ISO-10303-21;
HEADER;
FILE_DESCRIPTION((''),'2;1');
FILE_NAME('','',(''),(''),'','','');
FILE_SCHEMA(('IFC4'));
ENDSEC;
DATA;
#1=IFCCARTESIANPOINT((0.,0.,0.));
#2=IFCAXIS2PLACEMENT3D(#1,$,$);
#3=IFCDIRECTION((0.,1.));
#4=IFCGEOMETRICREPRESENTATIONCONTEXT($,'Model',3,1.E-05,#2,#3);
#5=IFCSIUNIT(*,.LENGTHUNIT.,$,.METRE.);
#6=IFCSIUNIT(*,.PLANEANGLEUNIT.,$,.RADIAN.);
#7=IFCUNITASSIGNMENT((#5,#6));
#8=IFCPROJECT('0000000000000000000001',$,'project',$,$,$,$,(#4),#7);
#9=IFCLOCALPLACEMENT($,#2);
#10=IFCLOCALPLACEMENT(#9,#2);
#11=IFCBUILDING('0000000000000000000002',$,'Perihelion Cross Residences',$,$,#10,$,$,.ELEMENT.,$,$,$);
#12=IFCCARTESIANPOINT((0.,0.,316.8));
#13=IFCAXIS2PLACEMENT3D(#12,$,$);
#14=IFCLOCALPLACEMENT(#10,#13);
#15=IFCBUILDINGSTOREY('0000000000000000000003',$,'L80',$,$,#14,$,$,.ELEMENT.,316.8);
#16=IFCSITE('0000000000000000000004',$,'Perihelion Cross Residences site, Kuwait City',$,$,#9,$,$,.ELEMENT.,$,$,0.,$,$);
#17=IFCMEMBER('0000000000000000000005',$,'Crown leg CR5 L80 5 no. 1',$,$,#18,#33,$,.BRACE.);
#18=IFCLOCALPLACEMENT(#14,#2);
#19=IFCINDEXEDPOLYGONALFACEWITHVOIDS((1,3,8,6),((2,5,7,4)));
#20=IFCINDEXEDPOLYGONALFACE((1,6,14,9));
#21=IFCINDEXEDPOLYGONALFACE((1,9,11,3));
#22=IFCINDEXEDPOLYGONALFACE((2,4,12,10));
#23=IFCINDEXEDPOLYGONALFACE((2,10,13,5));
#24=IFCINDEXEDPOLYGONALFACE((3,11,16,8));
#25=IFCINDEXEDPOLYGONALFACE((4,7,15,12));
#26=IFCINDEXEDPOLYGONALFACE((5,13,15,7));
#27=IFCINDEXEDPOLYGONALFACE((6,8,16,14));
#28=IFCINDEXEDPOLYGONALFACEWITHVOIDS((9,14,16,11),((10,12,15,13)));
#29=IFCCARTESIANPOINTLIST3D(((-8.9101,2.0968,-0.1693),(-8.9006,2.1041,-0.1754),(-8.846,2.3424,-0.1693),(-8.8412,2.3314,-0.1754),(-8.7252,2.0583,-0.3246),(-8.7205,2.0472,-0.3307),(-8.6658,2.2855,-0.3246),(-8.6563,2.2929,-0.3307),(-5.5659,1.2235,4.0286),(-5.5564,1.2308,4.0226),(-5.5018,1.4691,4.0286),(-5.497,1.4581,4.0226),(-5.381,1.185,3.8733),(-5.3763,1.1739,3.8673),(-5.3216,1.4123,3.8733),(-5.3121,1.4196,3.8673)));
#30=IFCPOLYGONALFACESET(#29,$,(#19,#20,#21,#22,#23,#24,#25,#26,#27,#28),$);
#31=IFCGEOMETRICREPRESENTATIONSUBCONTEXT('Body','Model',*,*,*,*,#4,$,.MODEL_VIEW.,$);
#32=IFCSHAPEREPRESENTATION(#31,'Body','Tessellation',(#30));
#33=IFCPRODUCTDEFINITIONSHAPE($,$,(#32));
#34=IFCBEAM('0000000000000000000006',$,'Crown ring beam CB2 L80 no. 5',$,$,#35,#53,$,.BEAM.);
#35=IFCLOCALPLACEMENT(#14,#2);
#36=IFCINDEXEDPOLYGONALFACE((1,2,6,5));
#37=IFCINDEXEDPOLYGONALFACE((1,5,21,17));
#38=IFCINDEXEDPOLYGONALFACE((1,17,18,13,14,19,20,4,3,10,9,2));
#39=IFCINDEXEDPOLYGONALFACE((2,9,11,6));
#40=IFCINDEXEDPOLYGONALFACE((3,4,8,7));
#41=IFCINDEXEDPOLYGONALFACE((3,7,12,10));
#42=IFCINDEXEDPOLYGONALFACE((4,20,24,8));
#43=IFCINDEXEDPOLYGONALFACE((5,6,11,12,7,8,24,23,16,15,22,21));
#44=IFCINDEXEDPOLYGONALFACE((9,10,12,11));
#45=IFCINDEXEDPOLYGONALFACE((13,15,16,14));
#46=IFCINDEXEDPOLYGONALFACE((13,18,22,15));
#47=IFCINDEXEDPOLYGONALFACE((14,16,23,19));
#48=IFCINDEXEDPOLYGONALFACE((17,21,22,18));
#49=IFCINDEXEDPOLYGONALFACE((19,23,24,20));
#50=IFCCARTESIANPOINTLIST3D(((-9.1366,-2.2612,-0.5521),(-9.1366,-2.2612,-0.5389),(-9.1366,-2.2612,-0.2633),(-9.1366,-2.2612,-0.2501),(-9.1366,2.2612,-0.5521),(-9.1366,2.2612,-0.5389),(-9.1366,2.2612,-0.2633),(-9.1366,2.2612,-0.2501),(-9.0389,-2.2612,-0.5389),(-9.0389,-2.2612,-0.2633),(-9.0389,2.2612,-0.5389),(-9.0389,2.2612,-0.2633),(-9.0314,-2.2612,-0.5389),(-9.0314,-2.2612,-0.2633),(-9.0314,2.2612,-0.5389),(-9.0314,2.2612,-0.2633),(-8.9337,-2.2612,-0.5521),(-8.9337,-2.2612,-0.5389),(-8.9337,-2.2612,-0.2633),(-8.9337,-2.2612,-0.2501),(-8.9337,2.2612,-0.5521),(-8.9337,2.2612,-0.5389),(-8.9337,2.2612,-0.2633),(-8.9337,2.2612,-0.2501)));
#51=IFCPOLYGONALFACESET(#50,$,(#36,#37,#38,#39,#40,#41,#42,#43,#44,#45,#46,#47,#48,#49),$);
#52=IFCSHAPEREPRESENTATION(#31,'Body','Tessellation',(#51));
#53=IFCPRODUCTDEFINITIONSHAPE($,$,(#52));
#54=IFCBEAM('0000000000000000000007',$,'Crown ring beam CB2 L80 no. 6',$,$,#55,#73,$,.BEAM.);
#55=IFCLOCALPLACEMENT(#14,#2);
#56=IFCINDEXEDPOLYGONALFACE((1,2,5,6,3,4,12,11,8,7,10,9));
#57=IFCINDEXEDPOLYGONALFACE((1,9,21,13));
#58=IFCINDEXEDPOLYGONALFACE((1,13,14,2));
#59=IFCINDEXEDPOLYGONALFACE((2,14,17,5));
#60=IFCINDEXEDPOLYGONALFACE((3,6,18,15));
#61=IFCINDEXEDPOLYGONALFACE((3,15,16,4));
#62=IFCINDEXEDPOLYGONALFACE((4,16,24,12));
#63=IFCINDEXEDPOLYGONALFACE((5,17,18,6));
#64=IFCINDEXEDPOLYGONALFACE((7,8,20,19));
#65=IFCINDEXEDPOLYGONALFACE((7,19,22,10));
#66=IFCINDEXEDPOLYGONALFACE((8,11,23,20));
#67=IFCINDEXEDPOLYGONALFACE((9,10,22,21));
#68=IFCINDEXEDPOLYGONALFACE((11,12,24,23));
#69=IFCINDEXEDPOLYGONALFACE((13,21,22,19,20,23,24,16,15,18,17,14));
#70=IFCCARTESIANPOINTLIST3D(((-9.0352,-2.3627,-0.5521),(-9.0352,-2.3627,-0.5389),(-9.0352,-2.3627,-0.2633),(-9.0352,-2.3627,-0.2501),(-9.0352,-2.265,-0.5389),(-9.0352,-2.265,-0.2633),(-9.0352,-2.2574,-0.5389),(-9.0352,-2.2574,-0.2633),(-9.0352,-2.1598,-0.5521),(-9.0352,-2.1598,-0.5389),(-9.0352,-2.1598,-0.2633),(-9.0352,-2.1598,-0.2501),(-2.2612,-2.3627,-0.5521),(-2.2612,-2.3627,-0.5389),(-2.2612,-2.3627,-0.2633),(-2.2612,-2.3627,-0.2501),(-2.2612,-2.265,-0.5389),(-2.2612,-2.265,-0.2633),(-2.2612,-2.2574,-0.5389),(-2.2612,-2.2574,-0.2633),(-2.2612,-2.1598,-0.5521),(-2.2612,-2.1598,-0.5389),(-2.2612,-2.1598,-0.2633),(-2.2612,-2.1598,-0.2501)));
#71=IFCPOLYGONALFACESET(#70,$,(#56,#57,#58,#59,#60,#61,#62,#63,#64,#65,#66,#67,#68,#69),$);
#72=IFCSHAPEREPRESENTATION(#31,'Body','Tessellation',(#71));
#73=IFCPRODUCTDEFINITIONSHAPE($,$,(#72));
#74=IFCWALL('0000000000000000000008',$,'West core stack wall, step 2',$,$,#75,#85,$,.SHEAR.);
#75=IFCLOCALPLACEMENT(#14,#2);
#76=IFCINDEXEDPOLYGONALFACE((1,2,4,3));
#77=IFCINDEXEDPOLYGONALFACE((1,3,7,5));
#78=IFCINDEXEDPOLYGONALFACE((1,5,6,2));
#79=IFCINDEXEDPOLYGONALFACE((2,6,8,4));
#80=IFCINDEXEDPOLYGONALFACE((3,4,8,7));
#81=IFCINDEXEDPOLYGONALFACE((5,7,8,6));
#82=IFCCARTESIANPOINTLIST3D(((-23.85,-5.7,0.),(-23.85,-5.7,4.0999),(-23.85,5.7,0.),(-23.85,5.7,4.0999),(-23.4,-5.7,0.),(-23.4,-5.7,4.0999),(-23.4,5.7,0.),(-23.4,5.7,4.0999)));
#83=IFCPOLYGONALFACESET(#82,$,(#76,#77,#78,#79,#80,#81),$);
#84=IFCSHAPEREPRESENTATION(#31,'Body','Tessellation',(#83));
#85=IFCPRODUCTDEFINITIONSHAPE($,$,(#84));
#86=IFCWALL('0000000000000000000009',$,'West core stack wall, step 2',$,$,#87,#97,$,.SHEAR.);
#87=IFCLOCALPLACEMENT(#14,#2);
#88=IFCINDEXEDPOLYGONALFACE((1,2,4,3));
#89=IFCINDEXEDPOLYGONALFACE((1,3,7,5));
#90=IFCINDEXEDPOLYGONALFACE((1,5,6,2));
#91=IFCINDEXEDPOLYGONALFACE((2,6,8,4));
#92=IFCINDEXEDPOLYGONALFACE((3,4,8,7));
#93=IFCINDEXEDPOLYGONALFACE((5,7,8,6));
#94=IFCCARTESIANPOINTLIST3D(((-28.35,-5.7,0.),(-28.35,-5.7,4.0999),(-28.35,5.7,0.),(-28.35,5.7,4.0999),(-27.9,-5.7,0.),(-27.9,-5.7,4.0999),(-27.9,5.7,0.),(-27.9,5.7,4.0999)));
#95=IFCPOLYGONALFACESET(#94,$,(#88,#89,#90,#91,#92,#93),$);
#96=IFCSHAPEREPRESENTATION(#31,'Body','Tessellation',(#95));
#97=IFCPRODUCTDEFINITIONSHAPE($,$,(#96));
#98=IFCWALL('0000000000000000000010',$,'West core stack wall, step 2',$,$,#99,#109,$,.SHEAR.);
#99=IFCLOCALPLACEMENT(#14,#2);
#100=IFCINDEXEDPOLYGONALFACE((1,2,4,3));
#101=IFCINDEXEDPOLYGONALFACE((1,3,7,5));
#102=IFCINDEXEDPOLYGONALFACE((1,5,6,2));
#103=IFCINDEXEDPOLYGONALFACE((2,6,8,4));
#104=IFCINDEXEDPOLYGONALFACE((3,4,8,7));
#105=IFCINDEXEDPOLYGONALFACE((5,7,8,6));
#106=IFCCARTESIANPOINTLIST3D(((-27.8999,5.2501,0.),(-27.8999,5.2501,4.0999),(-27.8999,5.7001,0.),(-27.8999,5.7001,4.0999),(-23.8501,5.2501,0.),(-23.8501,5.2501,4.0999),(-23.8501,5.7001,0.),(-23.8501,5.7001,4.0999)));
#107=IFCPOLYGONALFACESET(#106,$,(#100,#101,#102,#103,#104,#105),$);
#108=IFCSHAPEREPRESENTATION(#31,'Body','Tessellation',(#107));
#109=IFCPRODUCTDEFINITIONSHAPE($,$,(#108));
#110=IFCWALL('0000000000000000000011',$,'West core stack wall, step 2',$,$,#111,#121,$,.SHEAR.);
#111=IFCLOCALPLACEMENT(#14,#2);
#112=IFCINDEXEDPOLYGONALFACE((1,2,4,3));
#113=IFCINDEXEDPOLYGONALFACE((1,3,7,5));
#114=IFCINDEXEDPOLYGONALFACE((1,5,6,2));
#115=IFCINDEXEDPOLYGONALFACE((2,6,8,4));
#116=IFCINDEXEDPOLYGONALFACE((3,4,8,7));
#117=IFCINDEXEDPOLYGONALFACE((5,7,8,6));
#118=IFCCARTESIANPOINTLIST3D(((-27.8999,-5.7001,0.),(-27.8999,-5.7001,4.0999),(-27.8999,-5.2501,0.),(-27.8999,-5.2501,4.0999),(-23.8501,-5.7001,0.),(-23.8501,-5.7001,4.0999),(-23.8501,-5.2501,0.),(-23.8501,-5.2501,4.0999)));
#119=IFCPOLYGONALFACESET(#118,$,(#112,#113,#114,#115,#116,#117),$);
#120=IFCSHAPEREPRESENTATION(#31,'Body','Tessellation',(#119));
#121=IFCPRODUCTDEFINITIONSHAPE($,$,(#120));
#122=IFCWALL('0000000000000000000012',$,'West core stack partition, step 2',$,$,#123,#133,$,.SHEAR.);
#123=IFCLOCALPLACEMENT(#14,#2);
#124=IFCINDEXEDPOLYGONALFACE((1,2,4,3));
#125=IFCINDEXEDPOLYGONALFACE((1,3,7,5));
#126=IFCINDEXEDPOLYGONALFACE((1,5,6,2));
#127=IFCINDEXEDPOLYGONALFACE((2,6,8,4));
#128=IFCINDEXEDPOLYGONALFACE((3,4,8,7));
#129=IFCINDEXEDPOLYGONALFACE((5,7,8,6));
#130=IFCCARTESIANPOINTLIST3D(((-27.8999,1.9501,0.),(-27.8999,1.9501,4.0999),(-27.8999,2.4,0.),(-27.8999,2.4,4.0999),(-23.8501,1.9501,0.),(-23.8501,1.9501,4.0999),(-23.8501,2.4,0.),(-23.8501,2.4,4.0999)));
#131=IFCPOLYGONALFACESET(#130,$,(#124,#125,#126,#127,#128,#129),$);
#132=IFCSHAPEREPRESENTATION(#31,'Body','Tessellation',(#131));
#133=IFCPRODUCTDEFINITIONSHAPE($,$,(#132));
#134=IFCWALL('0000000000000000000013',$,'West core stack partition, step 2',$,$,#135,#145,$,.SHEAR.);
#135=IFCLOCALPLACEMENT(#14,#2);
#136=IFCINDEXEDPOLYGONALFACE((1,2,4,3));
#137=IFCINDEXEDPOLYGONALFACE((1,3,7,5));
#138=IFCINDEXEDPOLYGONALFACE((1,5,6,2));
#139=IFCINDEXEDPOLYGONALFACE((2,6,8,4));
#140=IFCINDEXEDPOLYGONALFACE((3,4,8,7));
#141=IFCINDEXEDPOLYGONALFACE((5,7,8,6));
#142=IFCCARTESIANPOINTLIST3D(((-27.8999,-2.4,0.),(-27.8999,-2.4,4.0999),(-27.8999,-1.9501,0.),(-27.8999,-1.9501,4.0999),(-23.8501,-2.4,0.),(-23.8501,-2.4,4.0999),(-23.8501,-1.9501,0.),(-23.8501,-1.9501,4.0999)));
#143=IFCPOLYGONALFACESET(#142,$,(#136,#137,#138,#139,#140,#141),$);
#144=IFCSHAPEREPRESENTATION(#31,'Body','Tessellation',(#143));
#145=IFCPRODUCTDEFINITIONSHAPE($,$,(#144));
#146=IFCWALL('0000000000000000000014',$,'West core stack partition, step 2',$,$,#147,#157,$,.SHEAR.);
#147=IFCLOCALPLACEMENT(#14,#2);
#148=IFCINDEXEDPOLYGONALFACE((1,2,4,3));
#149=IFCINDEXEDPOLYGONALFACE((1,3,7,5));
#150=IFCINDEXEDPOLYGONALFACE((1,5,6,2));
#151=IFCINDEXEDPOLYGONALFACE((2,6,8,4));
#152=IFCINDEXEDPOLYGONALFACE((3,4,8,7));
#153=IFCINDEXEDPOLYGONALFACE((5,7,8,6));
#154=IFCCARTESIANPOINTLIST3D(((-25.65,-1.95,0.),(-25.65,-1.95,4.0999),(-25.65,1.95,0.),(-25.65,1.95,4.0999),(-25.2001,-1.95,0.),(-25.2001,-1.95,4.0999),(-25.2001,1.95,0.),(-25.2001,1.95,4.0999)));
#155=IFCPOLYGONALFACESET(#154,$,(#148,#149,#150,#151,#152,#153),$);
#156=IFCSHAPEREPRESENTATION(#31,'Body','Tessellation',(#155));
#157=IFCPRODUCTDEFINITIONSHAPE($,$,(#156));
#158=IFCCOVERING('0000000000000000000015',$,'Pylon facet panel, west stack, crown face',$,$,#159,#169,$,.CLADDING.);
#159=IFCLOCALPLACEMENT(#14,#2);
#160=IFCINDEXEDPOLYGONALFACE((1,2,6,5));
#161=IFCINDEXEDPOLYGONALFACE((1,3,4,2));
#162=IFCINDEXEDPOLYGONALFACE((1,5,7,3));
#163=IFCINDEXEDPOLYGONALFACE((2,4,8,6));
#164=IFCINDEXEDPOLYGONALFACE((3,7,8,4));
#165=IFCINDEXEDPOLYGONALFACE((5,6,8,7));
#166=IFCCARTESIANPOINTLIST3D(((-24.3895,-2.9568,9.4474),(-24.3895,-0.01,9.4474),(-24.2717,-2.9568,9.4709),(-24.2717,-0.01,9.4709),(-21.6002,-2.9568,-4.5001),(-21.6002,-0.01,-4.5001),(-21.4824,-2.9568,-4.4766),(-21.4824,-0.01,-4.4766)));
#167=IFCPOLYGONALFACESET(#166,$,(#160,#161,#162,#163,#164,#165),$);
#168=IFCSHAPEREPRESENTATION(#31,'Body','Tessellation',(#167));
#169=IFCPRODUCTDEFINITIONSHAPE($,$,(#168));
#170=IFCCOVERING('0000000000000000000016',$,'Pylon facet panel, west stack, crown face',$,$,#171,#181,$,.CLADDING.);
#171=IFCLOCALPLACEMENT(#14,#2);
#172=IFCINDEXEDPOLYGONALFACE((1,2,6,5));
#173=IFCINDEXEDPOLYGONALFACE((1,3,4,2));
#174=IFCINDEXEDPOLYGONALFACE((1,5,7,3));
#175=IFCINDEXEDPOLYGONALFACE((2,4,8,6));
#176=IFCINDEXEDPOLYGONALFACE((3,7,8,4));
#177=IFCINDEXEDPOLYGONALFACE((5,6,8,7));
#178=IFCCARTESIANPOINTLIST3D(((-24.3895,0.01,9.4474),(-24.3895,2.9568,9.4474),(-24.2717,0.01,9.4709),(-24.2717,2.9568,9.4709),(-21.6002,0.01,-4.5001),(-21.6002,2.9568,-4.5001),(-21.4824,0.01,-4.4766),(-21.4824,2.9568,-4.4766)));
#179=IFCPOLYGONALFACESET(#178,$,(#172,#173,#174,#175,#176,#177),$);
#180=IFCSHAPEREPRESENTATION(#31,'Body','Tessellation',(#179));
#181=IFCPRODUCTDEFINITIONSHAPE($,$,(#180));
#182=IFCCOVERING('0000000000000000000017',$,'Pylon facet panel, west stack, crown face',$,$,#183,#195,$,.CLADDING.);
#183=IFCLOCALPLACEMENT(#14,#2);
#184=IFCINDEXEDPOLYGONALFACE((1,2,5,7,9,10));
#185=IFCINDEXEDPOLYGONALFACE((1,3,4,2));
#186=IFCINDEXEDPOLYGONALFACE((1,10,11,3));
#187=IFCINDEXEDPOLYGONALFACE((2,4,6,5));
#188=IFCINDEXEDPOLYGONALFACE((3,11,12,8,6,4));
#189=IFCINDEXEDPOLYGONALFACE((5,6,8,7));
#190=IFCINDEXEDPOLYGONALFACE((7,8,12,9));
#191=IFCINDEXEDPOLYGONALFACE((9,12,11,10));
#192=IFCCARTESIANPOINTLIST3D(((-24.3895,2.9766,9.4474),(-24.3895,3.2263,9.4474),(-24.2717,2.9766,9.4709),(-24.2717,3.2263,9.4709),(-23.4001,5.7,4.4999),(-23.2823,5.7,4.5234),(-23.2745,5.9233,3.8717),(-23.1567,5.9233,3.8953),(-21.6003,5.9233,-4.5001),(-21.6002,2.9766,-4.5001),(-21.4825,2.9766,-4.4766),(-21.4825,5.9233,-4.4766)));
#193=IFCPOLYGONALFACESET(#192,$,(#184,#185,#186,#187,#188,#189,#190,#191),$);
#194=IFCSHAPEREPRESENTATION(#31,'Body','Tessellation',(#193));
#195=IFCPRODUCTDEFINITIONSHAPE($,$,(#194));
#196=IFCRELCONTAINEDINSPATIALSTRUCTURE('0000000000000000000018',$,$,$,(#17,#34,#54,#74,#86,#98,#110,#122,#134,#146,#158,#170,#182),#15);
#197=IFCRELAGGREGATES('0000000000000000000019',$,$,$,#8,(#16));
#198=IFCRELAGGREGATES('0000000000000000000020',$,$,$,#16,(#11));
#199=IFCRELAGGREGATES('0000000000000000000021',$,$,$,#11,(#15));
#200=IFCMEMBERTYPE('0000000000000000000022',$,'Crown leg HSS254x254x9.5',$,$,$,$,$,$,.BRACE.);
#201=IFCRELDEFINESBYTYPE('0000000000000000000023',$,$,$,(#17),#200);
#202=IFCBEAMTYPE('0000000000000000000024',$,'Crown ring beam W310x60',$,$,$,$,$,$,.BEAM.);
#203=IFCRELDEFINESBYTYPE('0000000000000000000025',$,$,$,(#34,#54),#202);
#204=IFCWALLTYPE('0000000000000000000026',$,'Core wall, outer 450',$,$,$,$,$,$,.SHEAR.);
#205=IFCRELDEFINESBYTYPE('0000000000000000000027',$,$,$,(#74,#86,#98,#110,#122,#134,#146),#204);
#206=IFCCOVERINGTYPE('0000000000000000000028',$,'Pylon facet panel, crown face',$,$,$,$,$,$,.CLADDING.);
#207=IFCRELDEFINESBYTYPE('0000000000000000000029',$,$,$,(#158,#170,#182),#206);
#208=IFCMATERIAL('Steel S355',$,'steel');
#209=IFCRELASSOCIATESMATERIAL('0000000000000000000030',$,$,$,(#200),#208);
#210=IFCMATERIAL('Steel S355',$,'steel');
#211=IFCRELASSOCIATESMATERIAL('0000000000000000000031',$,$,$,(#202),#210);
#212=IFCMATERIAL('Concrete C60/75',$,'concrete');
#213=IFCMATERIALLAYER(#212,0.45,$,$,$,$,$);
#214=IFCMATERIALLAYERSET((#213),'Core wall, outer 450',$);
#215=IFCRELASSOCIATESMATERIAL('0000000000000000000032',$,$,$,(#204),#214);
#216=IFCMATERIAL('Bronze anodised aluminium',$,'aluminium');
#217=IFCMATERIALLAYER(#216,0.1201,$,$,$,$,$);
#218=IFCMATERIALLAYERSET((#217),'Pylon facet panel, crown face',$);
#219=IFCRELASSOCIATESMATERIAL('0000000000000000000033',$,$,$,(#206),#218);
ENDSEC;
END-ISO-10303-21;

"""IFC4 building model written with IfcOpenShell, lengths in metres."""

from ifc_helpers import new_model, si_unit, direction, frame, frame_2d, origin, origin_2d, place, context, subcontext, project, spatial, polyline, rectangle, hollow_rectangle, i_section, outline, extrude, material, layer, layer_set, material_profile, profile_set, type_object, element, save


model = new_model("IFC4")

# Units and contexts
model_context = context("Model", 3, precision=1e-05, world=origin(), true_north=direction((0.0, 1.0)))
body_context = subcontext(model_context, "Body", "Model", "MODEL_VIEW")
ifc_project = project(units=[si_unit("LENGTHUNIT", "METRE"), si_unit("PLANEANGLEUNIT", "RADIAN")], contexts=[model_context])

# Site, building, storey
site_placement = place(None, origin())
site = spatial("IfcSite", under=ifc_project, at=site_placement, Name="Perihelion Cross Residences site, Kuwait City", CompositionType="ELEMENT", RefElevation=0.0)
building_placement = place(site_placement, origin())
building = spatial("IfcBuilding", under=site, at=building_placement, Name="Perihelion Cross Residences", CompositionType="ELEMENT")
storey_placement = place(building_placement, frame((0.0, 0.0, 316.8)))
storey = spatial("IfcBuildingStorey", under=building, at=storey_placement, Name="L80", CompositionType="ELEMENT", Elevation=316.8)

# Member
ifc_material_1 = material(Name="Steel S355", Category="steel")
ifc_material_profile_1 = material_profile(ifc_material_1, hollow_rectangle(XDim=0.2539, YDim=0.2539, WallThickness=0.0095, at=origin_2d()), Name="HSS254x254x9.5")
ifc_profile_set_1 = profile_set([ifc_material_profile_1], Name="Steel S355")
member_type = type_object("IfcMemberType", Name="Crown leg HSS254x254x9.5", PredefinedType="BRACE", material=ifc_profile_set_1)
member_placement = place(storey_placement, frame((-8.7832, 2.1948, -0.25), z_axis=(0.614998, -0.160596, 0.772002), x_axis=(0.252661, 0.967555, 0.0)))
element("IfcMember", 1, at=member_placement, inside=storey, type_object=member_type, Name="Crown leg CR5 L80 5 no. 1", PredefinedType="BRACE", context=body_context, shape_type="SweptSolid", body=[
    extrude(hollow_rectangle(XDim=0.2539, YDim=0.2539, WallThickness=0.0095, at=origin_2d()), origin(), (0.0, 0.0, 1.0), 5.4377),
])

# Beams
ifc_material_2 = material(Name="Steel S355", Category="steel")
ifc_material_profile_2 = material_profile(ifc_material_2, i_section(OverallWidth=0.2029, OverallDepth=0.302, WebThickness=0.0076, FlangeThickness=0.0132, at=origin_2d()), Name="W310x60")
ifc_profile_set_2 = profile_set([ifc_material_profile_2], Name="Steel S355")
beam_type = type_object("IfcBeamType", Name="Crown ring beam W310x60", PredefinedType="BEAM", material=ifc_profile_set_2)
beam_1_placement = place(storey_placement, frame((-9.0352, 2.2612, -0.4011), z_axis=(0.0, -1.0, 0.0), x_axis=(1.0, 0.0, 0.0)))
element("IfcBeam", 2, at=beam_1_placement, inside=storey, type_object=beam_type, Name="Crown ring beam CB2 L80 no. 5", PredefinedType="BEAM", context=body_context, shape_type="SweptSolid", body=[
    extrude(i_section(OverallWidth=0.2029, OverallDepth=0.302, WebThickness=0.0076, FlangeThickness=0.0132, at=origin_2d()), origin(), (0.0, 0.0, 1.0), 4.5225),
])
beam_2_placement = place(storey_placement, frame((-9.0352, -2.2612, -0.4011), z_axis=(1.0, 0.0, 0.0), x_axis=(0.0, 1.0, 0.0)))
element("IfcBeam", 3, at=beam_2_placement, inside=storey, type_object=beam_type, Name="Crown ring beam CB2 L80 no. 6", PredefinedType="BEAM", context=body_context, shape_type="SweptSolid", body=[
    extrude(i_section(OverallWidth=0.2029, OverallDepth=0.302, WebThickness=0.0076, FlangeThickness=0.0132, at=origin_2d()), origin(), (0.0, 0.0, 1.0), 6.7739),
])

# Walls
ifc_material_3 = material(Name="Concrete C60/75", Category="concrete")
ifc_layer_1 = layer(ifc_material_3, 0.45)
ifc_layer_set_1 = layer_set([ifc_layer_1], Name="Core wall, outer 450")
wall_type = type_object("IfcWallType", Name="Core wall, outer 450", PredefinedType="SHEAR", material=ifc_layer_set_1)
for number, where, z_axis, x_axis, name in (
    (4, (-23.625, -5.7, 0.0), (0.0, 0.0, 1.0), (0.0, 1.0, 0.0), "West core stack wall, step 2"),
    (5, (-28.125, -5.7, 0.0), (0.0, 0.0, 1.0), (0.0, 1.0, 0.0), "West core stack wall, step 2"),
):
    element("IfcWall", number, at=place(storey_placement, frame(where, z_axis=z_axis, x_axis=x_axis)), inside=storey, type_object=wall_type, Name=name, PredefinedType="SHEAR", context=body_context, shape_type="SweptSolid", body=[
        extrude(rectangle(XDim=11.3999, YDim=0.45, at=frame_2d((5.7, 0.0))), origin(), (0.0, 0.0, 1.0), 4.0999),
    ])
for number, where, z_axis, x_axis, name in (
    (6, (-23.8501, 5.4751, 0.0), (0.0, 0.0, 1.0), (-1.0, 0.0, 0.0), "West core stack wall, step 2"),
    (7, (-23.8501, -5.4751, 0.0), (0.0, 0.0, 1.0), (-1.0, 0.0, 0.0), "West core stack wall, step 2"),
    (8, (-23.8501, 2.175, 0.0), (0.0, 0.0, 1.0), (-1.0, 0.0, 0.0), "West core stack partition, step 2"),
    (9, (-23.8501, -2.175, 0.0), (0.0, 0.0, 1.0), (-1.0, 0.0, 0.0), "West core stack partition, step 2"),
):
    element("IfcWall", number, at=place(storey_placement, frame(where, z_axis=z_axis, x_axis=x_axis)), inside=storey, type_object=wall_type, Name=name, PredefinedType="SHEAR", context=body_context, shape_type="SweptSolid", body=[
        extrude(rectangle(XDim=4.0498, YDim=0.45, at=frame_2d((2.0249, 0.0))), origin(), (0.0, 0.0, 1.0), 4.0999),
    ])
wall_placement = place(storey_placement, frame((-25.425, -1.95, 0.0), z_axis=(0.0, 0.0, 1.0), x_axis=(0.0, 1.0, 0.0)))
element("IfcWall", 10, at=wall_placement, inside=storey, type_object=wall_type, Name="West core stack partition, step 2", PredefinedType="SHEAR", context=body_context, shape_type="SweptSolid", body=[
    extrude(rectangle(XDim=3.8999, YDim=0.45, at=frame_2d((1.95, 0.0))), origin(), (0.0, 0.0, 1.0), 4.0999),
])

# Coverings
ifc_material_4 = material(Name="Bronze anodised aluminium", Category="aluminium")
ifc_layer_2 = layer(ifc_material_4, 0.1201)
ifc_layer_set_2 = layer_set([ifc_layer_2], Name="Pylon facet panel, crown face")
covering_type_1 = type_object("IfcCoveringType", Name="Pylon facet panel, crown face", PredefinedType="CLADDING", material=ifc_layer_set_2)
for number, where, z_axis, x_axis, name in (
    (11, (-24.2717, -2.9568, 9.4709), (0.980583, 0.0, 0.196103), (0.196103, 0.0, -0.980583), "Pylon facet panel, west stack, crown face"),
    (12, (-24.2717, 0.01, 9.4709), (0.980583, 0.0, 0.196103), (0.196103, 0.0, -0.980583), "Pylon facet panel, west stack, crown face"),
):
    element("IfcCovering", number, at=place(storey_placement, frame(where, z_axis=z_axis, x_axis=x_axis)), inside=storey, type_object=covering_type_1, Name=name, PredefinedType="CLADDING", context=body_context, shape_type="SweptSolid", body=[
        extrude(outline(polyline([(0.0, 0.0), (14.2237, 0.0), (14.2237, 2.9468), (0.0, 2.9468), (0.0, 0.0)])), origin(), (0.0, 0.0, -1.0), 0.1201),
    ])
covering_1_placement = place(storey_placement, frame((-24.2717, 2.9766, 9.4709), z_axis=(0.980584, 0.000003, 0.196101), x_axis=(0.196101, 0.0, -0.980584)))
element("IfcCovering", 13, at=covering_1_placement, inside=storey, type_object=covering_type_1, Name="Pylon facet panel, west stack, crown face", PredefinedType="CLADDING", context=body_context, shape_type="SweptSolid", body=[
    extrude(outline(polyline([(0.0, 0.0), (14.2237, 0.0), (14.2237, 2.9468), (5.6861, 2.9468), (5.0455, 2.7234), (0.0, 0.2498), (0.0, 0.0)])), origin(), (0.0, 0.0, -1.0), 0.1201),
])

save(model, "model.ifc")
